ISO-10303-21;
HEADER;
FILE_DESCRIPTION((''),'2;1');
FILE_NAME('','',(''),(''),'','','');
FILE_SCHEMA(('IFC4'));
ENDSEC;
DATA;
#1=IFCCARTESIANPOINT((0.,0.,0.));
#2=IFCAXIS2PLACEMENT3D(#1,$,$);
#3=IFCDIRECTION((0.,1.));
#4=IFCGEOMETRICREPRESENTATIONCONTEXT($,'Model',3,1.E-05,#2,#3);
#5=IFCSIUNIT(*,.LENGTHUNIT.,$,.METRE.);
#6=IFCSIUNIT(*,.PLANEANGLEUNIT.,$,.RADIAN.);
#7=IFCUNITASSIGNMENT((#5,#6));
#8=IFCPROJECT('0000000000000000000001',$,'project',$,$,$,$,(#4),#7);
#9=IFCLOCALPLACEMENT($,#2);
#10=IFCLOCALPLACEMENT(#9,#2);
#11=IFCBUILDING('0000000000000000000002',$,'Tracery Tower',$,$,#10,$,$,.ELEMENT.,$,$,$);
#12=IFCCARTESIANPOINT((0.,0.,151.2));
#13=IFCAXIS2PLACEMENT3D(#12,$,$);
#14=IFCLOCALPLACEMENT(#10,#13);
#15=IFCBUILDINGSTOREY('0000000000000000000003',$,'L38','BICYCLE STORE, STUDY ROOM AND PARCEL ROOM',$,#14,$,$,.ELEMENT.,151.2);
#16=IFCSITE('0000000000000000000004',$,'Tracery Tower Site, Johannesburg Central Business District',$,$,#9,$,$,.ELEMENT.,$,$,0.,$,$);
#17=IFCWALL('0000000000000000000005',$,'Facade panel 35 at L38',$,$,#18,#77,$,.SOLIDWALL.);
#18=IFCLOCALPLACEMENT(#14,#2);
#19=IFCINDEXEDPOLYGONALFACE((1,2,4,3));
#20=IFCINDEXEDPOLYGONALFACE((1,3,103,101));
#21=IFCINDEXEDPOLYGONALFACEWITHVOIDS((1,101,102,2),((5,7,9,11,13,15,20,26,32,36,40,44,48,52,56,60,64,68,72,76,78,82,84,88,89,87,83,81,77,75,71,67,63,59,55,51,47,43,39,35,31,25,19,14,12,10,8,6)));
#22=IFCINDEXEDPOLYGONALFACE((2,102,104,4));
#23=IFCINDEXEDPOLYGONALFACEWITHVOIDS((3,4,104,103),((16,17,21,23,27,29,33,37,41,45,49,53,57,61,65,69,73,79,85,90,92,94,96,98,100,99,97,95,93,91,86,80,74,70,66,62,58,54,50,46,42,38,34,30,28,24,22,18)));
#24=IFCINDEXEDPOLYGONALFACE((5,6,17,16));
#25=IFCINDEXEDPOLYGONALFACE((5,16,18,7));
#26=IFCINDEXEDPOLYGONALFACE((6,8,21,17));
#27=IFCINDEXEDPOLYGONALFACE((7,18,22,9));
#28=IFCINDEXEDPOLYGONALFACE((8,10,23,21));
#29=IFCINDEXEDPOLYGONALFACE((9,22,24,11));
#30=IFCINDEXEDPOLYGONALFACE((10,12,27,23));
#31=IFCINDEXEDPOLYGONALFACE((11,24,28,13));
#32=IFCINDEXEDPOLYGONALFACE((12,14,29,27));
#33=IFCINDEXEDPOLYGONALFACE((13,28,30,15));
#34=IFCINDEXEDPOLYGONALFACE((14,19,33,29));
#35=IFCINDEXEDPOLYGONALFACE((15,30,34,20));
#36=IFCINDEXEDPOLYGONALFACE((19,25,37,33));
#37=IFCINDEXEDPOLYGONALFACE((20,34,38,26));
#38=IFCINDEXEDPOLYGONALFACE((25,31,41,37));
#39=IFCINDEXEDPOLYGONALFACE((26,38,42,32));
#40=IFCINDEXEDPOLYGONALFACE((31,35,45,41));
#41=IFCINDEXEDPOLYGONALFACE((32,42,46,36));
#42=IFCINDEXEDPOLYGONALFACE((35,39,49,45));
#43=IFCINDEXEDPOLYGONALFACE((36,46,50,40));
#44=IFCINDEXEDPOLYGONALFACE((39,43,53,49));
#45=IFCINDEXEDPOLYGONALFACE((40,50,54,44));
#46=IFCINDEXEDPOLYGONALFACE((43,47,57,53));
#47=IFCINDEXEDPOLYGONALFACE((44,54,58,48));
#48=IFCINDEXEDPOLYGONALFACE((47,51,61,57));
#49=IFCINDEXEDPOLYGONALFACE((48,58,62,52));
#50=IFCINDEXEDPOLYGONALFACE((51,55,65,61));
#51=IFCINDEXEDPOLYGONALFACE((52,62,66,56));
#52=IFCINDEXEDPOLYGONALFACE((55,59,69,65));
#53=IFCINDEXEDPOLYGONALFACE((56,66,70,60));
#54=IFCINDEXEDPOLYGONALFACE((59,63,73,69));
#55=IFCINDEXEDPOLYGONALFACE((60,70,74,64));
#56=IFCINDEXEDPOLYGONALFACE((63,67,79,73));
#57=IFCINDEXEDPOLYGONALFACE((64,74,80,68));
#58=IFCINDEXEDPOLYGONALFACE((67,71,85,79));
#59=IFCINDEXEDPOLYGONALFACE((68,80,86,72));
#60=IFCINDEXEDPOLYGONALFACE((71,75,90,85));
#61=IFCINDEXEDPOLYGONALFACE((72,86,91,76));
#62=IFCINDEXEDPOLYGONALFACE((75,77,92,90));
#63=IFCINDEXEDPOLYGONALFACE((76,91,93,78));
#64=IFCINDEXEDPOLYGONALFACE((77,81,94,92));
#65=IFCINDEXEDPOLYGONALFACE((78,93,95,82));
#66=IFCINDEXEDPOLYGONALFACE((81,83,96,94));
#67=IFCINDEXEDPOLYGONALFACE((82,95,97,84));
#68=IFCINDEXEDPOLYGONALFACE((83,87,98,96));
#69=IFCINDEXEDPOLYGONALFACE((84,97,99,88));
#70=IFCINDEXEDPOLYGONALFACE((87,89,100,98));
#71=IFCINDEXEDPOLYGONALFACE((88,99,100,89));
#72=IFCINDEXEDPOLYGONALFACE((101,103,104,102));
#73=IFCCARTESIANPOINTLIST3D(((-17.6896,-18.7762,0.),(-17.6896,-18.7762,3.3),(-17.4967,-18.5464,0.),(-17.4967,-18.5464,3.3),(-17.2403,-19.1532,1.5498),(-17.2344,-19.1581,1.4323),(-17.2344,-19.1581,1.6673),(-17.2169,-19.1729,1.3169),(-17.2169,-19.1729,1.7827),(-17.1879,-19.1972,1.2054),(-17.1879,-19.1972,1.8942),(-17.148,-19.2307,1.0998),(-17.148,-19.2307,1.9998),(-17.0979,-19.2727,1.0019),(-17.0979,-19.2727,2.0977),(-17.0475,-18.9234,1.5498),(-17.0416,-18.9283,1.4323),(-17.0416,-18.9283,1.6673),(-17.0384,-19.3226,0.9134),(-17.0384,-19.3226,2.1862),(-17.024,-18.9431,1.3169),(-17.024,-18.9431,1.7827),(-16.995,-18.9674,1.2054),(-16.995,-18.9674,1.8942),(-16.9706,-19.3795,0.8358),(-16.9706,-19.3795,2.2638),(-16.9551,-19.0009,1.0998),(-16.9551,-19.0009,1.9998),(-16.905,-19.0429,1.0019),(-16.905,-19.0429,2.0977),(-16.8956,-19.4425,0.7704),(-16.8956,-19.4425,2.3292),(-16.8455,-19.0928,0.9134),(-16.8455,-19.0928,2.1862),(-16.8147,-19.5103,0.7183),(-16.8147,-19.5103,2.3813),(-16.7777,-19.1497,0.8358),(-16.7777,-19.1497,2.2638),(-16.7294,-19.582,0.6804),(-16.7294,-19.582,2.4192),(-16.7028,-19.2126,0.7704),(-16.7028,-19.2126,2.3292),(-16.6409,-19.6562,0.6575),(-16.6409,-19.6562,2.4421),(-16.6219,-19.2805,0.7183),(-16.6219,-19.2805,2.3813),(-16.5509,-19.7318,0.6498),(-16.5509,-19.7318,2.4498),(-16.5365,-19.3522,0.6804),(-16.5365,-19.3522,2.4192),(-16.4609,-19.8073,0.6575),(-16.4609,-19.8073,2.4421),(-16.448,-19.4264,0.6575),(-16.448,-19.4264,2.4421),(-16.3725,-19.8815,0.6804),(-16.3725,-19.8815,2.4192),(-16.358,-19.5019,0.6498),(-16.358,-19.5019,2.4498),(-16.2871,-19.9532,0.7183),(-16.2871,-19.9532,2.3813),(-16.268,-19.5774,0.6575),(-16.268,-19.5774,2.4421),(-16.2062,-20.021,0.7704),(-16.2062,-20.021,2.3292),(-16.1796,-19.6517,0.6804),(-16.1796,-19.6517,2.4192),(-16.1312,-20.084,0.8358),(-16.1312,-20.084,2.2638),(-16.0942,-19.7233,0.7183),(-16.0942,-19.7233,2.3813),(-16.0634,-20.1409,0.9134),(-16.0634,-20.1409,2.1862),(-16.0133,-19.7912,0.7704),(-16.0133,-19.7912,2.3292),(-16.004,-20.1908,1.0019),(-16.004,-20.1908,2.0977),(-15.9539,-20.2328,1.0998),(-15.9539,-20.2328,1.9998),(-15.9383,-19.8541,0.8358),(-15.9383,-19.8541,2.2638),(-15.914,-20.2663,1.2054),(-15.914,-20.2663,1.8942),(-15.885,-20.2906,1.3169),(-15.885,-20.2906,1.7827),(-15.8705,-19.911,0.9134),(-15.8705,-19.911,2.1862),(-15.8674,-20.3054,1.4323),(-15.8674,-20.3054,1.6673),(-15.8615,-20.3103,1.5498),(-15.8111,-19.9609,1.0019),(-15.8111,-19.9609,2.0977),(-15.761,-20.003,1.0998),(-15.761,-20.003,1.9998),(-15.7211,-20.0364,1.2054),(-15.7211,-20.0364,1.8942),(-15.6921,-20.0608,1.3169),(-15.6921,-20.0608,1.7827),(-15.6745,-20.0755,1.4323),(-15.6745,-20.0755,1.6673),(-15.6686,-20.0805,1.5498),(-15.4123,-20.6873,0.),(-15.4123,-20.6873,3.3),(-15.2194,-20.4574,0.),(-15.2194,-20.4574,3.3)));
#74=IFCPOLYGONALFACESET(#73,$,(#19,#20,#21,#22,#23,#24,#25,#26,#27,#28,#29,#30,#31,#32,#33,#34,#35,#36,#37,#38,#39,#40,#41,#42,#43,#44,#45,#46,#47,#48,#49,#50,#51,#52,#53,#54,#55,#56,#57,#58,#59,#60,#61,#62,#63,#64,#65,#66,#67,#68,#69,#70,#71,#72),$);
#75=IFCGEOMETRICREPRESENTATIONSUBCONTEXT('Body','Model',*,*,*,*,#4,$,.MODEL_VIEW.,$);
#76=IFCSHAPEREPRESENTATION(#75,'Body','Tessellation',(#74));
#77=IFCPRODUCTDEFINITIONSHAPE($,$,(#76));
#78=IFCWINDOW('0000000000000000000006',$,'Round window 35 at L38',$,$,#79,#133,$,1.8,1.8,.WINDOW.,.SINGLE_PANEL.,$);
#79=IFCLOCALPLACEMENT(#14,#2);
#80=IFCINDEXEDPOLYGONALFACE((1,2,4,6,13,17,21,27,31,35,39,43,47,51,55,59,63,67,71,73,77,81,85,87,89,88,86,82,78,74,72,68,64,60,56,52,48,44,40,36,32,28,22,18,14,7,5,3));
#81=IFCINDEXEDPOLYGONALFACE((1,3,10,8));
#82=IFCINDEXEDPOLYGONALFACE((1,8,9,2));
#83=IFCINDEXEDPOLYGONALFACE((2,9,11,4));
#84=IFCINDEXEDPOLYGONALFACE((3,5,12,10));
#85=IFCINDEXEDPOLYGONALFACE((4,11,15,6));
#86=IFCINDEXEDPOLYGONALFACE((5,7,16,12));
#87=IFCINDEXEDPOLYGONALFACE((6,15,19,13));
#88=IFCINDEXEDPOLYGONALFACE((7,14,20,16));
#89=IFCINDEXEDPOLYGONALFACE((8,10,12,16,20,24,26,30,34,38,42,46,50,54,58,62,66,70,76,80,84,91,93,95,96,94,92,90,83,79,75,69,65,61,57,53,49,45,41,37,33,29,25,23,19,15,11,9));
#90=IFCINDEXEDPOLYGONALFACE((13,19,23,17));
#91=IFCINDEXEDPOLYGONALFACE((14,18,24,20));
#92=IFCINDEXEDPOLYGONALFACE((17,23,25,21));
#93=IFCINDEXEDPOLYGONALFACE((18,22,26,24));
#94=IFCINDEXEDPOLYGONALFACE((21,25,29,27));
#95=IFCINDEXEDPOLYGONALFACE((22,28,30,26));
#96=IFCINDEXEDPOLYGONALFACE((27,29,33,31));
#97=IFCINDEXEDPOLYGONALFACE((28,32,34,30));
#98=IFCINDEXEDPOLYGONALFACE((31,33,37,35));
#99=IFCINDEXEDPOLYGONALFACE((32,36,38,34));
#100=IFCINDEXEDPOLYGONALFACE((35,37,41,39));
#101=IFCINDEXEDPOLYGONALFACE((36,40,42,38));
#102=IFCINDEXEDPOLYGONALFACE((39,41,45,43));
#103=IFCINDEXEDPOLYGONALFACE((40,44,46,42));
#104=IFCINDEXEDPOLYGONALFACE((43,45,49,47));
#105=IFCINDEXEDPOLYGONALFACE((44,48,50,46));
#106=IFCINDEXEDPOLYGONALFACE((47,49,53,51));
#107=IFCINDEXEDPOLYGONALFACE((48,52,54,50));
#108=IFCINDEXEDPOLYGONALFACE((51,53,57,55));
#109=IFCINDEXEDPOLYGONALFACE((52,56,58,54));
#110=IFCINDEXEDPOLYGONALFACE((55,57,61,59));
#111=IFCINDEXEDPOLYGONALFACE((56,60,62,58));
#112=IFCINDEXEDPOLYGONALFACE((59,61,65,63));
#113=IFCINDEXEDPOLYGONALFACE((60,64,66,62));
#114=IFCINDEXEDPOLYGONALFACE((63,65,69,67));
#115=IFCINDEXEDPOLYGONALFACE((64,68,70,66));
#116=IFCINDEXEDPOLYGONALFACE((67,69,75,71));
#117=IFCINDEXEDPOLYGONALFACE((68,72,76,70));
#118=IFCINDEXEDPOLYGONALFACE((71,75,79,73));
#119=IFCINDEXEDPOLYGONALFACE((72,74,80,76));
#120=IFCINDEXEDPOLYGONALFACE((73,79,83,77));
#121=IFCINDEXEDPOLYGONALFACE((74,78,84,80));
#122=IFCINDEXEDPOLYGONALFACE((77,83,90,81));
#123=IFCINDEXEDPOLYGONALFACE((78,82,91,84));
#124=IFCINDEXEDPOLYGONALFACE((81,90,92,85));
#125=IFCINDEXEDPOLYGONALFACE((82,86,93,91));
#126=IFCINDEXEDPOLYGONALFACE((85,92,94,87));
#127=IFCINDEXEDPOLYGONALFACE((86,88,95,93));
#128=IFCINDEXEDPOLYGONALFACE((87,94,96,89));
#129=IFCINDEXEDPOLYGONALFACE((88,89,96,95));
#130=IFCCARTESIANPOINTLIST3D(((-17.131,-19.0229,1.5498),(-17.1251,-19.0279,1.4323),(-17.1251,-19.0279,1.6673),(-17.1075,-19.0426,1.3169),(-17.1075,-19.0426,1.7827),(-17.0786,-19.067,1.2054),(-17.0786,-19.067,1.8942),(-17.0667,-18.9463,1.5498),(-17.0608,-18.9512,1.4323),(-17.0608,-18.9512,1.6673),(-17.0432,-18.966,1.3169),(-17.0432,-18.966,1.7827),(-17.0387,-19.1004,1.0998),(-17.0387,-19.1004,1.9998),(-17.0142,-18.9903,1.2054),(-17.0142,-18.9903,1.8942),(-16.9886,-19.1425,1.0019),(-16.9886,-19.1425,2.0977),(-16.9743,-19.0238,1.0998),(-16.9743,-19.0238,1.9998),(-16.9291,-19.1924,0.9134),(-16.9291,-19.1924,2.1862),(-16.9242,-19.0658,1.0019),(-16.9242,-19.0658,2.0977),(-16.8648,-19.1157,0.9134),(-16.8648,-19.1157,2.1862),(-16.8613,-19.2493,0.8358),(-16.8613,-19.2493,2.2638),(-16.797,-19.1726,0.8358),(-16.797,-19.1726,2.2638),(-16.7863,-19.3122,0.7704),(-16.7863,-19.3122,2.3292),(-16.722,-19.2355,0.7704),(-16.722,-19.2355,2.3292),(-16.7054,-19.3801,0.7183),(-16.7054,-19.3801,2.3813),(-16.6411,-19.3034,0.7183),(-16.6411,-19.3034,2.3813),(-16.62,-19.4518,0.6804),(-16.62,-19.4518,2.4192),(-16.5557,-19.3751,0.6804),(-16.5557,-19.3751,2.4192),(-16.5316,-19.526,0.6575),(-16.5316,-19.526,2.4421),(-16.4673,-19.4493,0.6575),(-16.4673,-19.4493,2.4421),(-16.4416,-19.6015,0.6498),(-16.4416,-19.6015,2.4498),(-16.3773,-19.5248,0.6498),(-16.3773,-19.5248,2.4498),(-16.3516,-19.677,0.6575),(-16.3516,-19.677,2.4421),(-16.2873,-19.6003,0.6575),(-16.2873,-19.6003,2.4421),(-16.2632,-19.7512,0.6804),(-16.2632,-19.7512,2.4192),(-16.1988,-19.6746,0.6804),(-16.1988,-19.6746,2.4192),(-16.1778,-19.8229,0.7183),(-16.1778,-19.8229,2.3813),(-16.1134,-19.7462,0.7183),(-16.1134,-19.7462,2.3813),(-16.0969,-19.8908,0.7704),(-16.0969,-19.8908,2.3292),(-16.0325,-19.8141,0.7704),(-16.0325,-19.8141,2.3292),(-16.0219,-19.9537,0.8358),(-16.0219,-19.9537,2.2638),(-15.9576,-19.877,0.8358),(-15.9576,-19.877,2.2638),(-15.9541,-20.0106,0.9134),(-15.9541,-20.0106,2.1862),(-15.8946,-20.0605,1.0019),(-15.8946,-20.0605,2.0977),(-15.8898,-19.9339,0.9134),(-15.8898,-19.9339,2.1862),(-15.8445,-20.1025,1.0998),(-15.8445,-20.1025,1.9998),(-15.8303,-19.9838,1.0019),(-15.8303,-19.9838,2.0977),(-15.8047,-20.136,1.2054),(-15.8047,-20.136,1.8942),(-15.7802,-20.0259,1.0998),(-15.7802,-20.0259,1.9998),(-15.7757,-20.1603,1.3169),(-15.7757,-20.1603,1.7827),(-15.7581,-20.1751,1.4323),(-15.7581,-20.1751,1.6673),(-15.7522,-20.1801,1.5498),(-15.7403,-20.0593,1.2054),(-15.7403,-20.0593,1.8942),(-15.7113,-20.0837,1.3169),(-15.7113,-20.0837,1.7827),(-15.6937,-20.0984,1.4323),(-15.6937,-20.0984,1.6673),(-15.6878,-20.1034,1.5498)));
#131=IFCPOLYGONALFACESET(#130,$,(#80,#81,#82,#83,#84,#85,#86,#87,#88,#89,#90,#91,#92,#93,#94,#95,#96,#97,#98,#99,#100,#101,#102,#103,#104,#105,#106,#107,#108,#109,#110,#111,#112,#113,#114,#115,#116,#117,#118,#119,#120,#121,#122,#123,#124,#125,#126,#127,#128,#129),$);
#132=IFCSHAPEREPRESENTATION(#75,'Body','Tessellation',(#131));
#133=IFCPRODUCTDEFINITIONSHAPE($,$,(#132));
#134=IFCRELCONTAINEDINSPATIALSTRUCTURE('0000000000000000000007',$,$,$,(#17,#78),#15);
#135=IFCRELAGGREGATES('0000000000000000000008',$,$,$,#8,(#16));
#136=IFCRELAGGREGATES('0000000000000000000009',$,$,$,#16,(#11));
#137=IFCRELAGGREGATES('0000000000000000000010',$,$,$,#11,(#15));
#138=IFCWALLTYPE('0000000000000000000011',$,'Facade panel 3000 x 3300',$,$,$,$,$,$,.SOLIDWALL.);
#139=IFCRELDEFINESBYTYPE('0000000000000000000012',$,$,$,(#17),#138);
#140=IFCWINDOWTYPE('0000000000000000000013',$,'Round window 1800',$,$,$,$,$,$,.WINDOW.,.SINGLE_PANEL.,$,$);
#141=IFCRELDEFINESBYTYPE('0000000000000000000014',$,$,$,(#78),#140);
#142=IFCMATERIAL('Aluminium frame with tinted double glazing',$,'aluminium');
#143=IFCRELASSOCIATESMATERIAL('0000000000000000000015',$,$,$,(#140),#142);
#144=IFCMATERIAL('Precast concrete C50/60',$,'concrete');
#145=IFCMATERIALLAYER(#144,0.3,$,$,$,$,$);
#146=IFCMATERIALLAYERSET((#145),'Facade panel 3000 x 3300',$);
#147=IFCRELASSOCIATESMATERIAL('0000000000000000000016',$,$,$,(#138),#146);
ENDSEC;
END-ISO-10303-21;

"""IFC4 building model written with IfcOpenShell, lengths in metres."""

from ifc_helpers import new_model, si_unit, direction, frame, frame_2d, origin, origin_2d, place, context, subcontext, project, spatial, rectangle, circle, extrude, material, layer, layer_set, type_object, element, fill, save


model = new_model("IFC4")

# Units and contexts
model_context = context("Model", 3, precision=1e-05, world=origin(), true_north=direction((0.0, 1.0)))
body_context = subcontext(model_context, "Body", "Model", "MODEL_VIEW")
ifc_project = project(units=[si_unit("LENGTHUNIT", "METRE"), si_unit("PLANEANGLEUNIT", "RADIAN")], contexts=[model_context])

# Site, building, storey
site_placement = place(None, origin())
site = spatial("IfcSite", under=ifc_project, at=site_placement, Name="Tracery Tower Site, Johannesburg Central Business District", CompositionType="ELEMENT", RefElevation=0.0)
building_placement = place(site_placement, origin())
building = spatial("IfcBuilding", under=site, at=building_placement, Name="Tracery Tower", CompositionType="ELEMENT")
storey_placement = place(building_placement, frame((0.0, 0.0, 151.2)))
storey = spatial("IfcBuildingStorey", under=building, at=storey_placement, Name="L38", Description="BICYCLE STORE, STUDY ROOM AND PARCEL ROOM", CompositionType="ELEMENT", Elevation=151.2)

# Wall, opening, window
ifc_material_1 = material(Name="Aluminium frame with tinted double glazing", Category="aluminium")
window_type = type_object("IfcWindowType", Name="Round window 1800", PartitioningType="SINGLE_PANEL", PredefinedType="WINDOW", material=ifc_material_1)
ifc_material_2 = material(Name="Precast concrete C50/60", Category="concrete")
ifc_layer_1 = layer(ifc_material_2, 0.3)
ifc_layer_set_1 = layer_set([ifc_layer_1], Name="Facade panel 3000 x 3300")
wall_type_1 = type_object("IfcWallType", Name="Facade panel 3000 x 3300", PredefinedType="SOLIDWALL", material=ifc_layer_set_1)
wall_1_placement = place(storey_placement, frame((-17.593, -18.6614, 0.0), z_axis=(0.0, 0.0, 1.0), x_axis=(0.766009, -0.64283, 0.0)))
wall_1 = element("IfcWall", 1, at=wall_1_placement, inside=storey, type_object=wall_type_1, Name="Facade panel 35 at L38", PredefinedType="SOLIDWALL", context=body_context, shape_type="SweptSolid", body=[
    extrude(rectangle(XDim=2.9729, YDim=0.3, at=frame_2d((1.4863, 0.0))), origin(), (0.0, 0.0, 1.0), 3.3),
])
opening_1_placement = place(wall_1_placement, frame((1.4863, 0.0, 1.5498)))
opening_1 = element("IfcOpeningElement", 2, at=opening_1_placement, cuts=wall_1, PredefinedType="OPENING", context=body_context, shape_type="SweptSolid", body=[
    extrude(circle(Radius=0.9, at=origin_2d()), frame((0.0, 0.1599, 0.0), z_axis=(0.0, -1.0, 0.0), x_axis=(1.0, 0.0, 0.0)), (0.0, 0.0, 1.0), 0.3201),
])
window_1_placement = place(opening_1_placement, origin())
window_1 = element("IfcWindow", 3, at=window_1_placement, inside=storey, type_object=window_type, Name="Round window 35 at L38", OverallHeight=1.8, OverallWidth=1.8, PartitioningType="SINGLE_PANEL", PredefinedType="WINDOW", context=body_context, shape_type="SweptSolid", body=[
    extrude(circle(Radius=0.9, at=origin_2d()), frame((0.0, 0.1201, 0.0), z_axis=(0.0, -1.0, 0.0), x_axis=(1.0, 0.0, 0.0)), (0.0, 0.0, 1.0), 0.1001),
])
fill(opening_1, window_1)

save(model, "model.ifc")
